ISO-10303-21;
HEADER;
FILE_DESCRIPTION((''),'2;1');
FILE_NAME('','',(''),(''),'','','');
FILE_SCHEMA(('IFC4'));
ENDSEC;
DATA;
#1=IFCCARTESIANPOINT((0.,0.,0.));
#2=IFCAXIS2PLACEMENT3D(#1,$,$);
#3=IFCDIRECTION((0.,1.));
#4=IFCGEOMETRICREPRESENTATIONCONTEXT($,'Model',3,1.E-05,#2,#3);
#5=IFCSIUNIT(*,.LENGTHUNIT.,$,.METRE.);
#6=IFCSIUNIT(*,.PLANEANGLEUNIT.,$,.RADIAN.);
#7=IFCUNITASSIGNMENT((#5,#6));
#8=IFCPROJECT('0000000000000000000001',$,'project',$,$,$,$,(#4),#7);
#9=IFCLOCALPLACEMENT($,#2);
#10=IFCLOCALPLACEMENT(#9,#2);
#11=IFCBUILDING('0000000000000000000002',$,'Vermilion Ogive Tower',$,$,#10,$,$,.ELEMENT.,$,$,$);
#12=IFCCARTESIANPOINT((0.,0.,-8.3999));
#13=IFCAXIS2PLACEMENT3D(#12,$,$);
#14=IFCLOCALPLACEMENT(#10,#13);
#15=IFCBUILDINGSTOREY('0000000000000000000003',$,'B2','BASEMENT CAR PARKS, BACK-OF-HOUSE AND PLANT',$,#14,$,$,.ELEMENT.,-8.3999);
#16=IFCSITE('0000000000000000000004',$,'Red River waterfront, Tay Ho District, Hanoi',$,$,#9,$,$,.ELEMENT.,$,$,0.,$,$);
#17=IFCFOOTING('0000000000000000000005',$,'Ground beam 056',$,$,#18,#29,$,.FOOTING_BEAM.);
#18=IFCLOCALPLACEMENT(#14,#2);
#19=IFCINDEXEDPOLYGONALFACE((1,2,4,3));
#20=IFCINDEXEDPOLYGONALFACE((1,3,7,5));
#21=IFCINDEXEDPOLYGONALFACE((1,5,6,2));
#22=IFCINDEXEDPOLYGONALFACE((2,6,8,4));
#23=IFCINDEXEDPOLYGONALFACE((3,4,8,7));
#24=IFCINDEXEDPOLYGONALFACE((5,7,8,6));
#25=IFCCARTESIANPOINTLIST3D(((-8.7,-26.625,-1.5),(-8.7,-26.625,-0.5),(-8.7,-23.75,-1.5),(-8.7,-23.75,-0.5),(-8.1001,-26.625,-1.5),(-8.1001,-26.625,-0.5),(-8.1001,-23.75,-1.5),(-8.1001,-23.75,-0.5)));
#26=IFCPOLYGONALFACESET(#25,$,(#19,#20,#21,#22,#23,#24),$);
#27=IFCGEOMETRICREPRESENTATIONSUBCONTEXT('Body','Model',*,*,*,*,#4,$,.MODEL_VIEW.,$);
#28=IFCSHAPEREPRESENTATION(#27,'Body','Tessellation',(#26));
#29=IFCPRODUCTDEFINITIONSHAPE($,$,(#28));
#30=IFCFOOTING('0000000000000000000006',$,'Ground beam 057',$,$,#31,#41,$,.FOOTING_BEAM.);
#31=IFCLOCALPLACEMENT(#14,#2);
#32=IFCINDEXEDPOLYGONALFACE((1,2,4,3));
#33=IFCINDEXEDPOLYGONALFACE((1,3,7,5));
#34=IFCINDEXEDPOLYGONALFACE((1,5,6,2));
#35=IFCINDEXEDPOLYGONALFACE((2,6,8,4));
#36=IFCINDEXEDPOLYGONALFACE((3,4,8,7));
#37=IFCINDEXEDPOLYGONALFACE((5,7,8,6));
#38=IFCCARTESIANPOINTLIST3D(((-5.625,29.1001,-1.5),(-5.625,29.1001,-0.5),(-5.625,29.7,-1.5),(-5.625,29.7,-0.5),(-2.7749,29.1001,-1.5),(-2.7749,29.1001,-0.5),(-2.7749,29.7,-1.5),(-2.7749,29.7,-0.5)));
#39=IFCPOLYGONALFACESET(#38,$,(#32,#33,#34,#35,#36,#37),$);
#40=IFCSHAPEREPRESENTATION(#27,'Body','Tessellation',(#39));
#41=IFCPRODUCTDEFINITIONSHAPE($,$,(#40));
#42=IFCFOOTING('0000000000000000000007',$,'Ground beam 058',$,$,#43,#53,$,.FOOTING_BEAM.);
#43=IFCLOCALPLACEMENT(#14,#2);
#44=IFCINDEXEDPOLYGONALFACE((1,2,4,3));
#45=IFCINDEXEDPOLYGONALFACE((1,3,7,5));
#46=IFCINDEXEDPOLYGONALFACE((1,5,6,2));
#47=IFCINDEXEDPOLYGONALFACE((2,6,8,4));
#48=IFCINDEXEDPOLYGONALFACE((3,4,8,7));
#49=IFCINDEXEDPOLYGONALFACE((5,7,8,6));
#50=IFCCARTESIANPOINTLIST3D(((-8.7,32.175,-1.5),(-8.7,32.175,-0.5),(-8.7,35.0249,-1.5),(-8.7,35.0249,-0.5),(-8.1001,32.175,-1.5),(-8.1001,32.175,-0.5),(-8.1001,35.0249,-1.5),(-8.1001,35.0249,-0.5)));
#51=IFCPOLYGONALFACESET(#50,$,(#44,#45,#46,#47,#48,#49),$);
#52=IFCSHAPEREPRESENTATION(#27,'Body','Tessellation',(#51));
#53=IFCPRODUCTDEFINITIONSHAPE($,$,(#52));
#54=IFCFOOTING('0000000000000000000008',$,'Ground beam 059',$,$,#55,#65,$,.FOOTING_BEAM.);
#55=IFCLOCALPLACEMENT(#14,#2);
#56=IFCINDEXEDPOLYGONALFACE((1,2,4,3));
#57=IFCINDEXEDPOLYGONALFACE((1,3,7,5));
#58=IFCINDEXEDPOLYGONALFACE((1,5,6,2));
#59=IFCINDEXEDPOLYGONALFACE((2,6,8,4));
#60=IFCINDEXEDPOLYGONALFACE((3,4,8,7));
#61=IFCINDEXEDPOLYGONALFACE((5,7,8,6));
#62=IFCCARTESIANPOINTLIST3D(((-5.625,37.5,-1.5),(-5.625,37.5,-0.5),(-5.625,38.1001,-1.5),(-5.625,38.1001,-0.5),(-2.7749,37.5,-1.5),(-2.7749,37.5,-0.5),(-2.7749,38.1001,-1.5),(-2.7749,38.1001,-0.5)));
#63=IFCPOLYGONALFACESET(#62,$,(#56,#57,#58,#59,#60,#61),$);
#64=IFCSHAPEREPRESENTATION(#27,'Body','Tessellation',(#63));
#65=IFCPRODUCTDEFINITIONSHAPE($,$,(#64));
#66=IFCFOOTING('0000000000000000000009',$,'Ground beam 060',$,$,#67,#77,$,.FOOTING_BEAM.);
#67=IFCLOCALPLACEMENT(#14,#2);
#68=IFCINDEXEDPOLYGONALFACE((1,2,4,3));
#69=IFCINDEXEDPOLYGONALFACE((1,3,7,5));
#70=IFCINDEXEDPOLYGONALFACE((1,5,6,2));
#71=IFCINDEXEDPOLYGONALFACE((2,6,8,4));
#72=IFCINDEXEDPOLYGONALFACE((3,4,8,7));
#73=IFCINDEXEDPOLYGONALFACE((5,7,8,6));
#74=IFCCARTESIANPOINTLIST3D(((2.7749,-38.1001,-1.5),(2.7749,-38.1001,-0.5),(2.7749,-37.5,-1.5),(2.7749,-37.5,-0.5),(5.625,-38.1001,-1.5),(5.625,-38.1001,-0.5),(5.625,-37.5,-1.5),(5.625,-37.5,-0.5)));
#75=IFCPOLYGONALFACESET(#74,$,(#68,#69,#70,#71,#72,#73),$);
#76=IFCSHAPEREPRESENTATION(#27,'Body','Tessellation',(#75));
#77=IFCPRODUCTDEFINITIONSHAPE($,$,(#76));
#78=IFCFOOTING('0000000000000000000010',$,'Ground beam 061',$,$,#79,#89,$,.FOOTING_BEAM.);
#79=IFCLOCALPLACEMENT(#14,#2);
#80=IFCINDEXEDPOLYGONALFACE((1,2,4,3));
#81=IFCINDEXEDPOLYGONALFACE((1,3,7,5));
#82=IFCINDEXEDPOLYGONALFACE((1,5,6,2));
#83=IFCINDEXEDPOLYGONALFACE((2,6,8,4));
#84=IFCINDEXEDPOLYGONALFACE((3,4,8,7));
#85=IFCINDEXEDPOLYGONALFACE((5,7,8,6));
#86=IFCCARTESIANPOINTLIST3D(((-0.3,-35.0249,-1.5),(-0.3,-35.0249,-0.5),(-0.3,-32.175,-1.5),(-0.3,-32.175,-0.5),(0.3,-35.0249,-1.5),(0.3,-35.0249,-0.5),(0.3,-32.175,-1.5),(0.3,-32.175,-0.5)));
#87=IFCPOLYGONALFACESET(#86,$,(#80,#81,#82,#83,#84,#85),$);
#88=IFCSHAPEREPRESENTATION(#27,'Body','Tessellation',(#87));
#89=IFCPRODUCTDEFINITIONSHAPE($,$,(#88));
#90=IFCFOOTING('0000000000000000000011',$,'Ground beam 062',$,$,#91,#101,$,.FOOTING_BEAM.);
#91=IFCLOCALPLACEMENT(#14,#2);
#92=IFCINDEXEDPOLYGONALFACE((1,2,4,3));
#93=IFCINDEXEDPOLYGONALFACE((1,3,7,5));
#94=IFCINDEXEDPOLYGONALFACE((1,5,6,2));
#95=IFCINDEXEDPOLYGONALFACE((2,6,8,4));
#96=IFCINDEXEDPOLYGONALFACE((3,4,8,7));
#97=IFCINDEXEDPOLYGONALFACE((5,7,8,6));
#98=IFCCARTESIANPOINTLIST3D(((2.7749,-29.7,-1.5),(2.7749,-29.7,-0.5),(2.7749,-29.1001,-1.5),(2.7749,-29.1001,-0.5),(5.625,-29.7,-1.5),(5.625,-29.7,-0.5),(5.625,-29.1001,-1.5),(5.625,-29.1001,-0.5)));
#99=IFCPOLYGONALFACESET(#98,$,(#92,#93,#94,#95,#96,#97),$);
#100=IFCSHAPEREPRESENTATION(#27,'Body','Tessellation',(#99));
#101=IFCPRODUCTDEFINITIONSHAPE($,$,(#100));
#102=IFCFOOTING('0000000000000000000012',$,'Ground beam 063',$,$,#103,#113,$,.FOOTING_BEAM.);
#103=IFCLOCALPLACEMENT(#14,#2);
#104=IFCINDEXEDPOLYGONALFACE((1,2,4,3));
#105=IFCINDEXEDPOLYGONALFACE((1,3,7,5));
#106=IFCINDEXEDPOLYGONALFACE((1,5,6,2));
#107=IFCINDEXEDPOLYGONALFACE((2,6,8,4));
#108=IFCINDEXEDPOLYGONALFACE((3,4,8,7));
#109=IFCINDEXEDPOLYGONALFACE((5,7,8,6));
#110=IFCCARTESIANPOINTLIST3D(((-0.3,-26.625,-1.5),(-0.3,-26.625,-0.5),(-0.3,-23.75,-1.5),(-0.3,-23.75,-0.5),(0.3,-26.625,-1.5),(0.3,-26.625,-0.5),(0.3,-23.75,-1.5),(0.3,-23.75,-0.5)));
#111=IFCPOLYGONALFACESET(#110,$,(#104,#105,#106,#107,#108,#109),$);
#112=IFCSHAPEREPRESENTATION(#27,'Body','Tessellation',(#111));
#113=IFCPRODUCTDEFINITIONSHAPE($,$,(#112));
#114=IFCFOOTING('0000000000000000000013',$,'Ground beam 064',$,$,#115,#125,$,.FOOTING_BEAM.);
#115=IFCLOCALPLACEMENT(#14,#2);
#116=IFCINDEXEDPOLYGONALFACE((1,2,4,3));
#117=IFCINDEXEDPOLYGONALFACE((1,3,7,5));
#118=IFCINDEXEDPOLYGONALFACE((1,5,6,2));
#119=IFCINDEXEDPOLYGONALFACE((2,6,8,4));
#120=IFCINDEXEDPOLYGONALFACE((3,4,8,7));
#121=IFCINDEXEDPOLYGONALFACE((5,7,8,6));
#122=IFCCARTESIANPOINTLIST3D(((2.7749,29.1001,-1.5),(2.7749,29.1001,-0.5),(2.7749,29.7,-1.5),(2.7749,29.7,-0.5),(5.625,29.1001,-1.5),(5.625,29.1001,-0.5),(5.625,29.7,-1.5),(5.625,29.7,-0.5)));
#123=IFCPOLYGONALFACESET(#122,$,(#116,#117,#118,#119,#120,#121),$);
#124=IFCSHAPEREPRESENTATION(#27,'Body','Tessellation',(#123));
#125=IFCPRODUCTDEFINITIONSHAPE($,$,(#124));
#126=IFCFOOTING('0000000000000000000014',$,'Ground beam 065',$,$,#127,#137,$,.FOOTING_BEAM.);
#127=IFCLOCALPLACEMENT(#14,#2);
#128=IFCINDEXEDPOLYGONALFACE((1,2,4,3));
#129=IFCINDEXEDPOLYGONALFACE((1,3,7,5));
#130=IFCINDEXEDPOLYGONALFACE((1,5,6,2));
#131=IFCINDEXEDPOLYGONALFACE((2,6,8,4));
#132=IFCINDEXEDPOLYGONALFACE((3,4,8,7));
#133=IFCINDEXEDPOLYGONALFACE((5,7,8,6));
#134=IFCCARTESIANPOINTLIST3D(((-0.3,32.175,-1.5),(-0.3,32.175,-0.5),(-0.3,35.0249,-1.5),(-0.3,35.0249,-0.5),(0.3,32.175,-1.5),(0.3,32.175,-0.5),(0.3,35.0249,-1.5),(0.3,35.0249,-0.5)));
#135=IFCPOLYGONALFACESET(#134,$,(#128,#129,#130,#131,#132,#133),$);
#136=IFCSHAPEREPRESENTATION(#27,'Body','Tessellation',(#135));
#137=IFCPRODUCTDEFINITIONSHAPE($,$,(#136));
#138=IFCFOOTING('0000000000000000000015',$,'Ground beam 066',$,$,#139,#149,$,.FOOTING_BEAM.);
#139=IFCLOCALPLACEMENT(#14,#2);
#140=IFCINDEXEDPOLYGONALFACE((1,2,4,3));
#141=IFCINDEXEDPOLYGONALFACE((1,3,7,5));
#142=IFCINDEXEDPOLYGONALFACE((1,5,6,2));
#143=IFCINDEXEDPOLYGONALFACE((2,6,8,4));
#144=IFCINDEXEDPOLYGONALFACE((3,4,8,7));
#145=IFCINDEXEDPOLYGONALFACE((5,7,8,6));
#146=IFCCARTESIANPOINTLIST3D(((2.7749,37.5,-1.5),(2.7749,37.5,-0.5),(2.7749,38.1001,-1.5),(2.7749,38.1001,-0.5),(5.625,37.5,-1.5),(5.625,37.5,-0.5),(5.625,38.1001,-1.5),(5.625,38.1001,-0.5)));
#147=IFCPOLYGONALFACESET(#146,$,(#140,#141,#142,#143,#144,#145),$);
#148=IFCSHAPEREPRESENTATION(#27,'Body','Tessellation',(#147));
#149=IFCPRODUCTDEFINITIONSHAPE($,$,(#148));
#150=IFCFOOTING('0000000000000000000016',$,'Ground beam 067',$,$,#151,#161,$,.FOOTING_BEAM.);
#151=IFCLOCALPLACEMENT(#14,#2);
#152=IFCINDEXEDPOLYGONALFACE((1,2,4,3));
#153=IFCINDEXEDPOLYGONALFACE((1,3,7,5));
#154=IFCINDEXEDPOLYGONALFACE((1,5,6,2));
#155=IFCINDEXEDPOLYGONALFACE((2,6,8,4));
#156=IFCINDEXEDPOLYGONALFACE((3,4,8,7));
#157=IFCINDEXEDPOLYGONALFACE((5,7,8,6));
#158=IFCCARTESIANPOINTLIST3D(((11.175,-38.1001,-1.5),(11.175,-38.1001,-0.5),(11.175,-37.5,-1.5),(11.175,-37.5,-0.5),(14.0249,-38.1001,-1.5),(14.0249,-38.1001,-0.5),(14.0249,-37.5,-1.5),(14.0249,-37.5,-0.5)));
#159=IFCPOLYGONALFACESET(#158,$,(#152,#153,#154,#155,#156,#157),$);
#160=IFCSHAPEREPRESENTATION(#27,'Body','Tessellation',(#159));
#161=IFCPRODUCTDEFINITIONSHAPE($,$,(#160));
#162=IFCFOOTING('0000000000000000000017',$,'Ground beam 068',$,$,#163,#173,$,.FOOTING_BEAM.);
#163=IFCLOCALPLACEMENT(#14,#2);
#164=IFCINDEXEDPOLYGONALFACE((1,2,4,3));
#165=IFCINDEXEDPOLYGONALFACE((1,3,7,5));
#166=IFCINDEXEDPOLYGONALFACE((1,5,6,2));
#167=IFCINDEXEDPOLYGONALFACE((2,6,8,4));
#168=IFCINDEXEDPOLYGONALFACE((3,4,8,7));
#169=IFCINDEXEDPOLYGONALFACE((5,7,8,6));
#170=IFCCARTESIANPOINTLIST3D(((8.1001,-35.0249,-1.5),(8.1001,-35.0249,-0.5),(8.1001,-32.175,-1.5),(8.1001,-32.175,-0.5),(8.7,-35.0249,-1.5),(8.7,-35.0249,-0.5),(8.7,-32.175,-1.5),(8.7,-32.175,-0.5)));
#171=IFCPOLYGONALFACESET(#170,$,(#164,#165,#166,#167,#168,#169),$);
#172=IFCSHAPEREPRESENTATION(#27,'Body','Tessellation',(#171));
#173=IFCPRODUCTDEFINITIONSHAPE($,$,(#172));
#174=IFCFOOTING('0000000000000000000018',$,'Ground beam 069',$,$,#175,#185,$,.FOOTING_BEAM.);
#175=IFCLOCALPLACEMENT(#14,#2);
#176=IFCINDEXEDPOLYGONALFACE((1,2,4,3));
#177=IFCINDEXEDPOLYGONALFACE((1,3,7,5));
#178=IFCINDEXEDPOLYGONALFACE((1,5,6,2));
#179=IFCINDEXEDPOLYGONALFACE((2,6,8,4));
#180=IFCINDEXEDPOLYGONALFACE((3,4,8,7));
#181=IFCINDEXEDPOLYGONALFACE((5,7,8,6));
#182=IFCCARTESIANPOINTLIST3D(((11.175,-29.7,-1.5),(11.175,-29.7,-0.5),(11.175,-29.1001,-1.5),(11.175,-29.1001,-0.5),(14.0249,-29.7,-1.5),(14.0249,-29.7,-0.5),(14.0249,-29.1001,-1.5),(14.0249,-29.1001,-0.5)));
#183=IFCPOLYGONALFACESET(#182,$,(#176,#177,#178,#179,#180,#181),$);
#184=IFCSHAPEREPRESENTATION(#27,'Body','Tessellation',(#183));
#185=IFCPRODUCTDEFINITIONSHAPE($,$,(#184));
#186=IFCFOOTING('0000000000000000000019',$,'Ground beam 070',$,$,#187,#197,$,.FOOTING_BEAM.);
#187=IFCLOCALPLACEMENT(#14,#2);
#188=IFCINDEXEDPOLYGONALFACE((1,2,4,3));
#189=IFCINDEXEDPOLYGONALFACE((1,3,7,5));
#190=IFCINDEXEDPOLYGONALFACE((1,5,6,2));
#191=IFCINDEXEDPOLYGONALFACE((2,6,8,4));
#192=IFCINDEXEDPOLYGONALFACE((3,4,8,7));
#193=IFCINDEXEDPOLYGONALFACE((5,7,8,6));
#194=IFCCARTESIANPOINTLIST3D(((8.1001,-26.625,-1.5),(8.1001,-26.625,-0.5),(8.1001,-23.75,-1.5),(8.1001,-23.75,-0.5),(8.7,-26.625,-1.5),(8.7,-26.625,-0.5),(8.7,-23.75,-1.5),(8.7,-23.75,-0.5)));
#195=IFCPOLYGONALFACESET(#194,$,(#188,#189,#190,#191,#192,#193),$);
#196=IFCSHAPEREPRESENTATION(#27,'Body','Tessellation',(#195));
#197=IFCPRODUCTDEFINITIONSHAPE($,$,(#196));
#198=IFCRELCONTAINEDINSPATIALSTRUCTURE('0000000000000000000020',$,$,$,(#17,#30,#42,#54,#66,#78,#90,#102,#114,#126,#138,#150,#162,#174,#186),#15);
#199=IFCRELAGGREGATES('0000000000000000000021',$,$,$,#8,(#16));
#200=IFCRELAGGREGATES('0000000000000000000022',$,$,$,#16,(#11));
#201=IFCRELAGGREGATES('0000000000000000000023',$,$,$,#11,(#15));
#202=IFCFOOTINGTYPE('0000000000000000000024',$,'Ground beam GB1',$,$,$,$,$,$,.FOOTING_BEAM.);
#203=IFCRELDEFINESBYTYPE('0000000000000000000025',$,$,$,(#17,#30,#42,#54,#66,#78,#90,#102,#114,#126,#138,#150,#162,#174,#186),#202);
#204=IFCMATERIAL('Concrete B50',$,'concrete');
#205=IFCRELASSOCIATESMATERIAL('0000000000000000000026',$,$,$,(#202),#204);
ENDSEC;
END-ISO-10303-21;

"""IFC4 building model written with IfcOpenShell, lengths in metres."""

from ifc_helpers import new_model, si_unit, direction, frame, origin, place, context, subcontext, project, spatial, polyline, outline, extrude, material, type_object, element, save


model = new_model("IFC4")

# Units and contexts
model_context = context("Model", 3, precision=1e-05, world=origin(), true_north=direction((0.0, 1.0)))
body_context = subcontext(model_context, "Body", "Model", "MODEL_VIEW")
ifc_project = project(units=[si_unit("LENGTHUNIT", "METRE"), si_unit("PLANEANGLEUNIT", "RADIAN")], contexts=[model_context])

# Site, building, storey
site_placement = place(None, origin())
site = spatial("IfcSite", under=ifc_project, at=site_placement, Name="Red River waterfront, Tay Ho District, Hanoi", CompositionType="ELEMENT", RefElevation=0.0)
building_placement = place(site_placement, origin())
building = spatial("IfcBuilding", under=site, at=building_placement, Name="Vermilion Ogive Tower", CompositionType="ELEMENT")
storey_placement = place(building_placement, frame((0.0, 0.0, -8.3999)))
storey = spatial("IfcBuildingStorey", under=building, at=storey_placement, Name="B2", Description="BASEMENT CAR PARKS, BACK-OF-HOUSE AND PLANT", CompositionType="ELEMENT", Elevation=-8.3999)

# Footings
ifc_material = material(Name="Concrete B50", Category="concrete")
footing_type = type_object("IfcFootingType", Name="Ground beam GB1", PredefinedType="FOOTING_BEAM", material=ifc_material)
footing_1_placement = place(storey_placement, frame((0.0, 0.0, -1.5)))
element("IfcFooting", 1, at=footing_1_placement, inside=storey, type_object=footing_type, Name="Ground beam 056", PredefinedType="FOOTING_BEAM", context=body_context, shape_type="SweptSolid", body=[
    extrude(outline(polyline([(-8.1001, -26.625), (-8.1001, -23.75), (-8.7, -23.75), (-8.7, -26.625), (-8.1001, -26.625)])), origin(), (0.0, 0.0, 1.0), 1.0),
])
footing_2_placement = place(storey_placement, frame((0.0, 0.0, -1.5)))
element("IfcFooting", 2, at=footing_2_placement, inside=storey, type_object=footing_type, Name="Ground beam 057", PredefinedType="FOOTING_BEAM", context=body_context, shape_type="SweptSolid", body=[
    extrude(outline(polyline([(-2.7749, 29.1001), (-2.7749, 29.7), (-5.625, 29.7), (-5.625, 29.1001), (-2.7749, 29.1001)])), origin(), (0.0, 0.0, 1.0), 1.0),
])
footing_3_placement = place(storey_placement, frame((0.0, 0.0, -1.5)))
element("IfcFooting", 3, at=footing_3_placement, inside=storey, type_object=footing_type, Name="Ground beam 058", PredefinedType="FOOTING_BEAM", context=body_context, shape_type="SweptSolid", body=[
    extrude(outline(polyline([(-8.1001, 32.175), (-8.1001, 35.0249), (-8.7, 35.0249), (-8.7, 32.175), (-8.1001, 32.175)])), origin(), (0.0, 0.0, 1.0), 1.0),
])
footing_4_placement = place(storey_placement, frame((0.0, 0.0, -1.5)))
element("IfcFooting", 4, at=footing_4_placement, inside=storey, type_object=footing_type, Name="Ground beam 059", PredefinedType="FOOTING_BEAM", context=body_context, shape_type="SweptSolid", body=[
    extrude(outline(polyline([(-2.7749, 37.5), (-2.7749, 38.1001), (-5.625, 38.1001), (-5.625, 37.5), (-2.7749, 37.5)])), origin(), (0.0, 0.0, 1.0), 1.0),
])
footing_5_placement = place(storey_placement, frame((0.0, 0.0, -1.5)))
element("IfcFooting", 5, at=footing_5_placement, inside=storey, type_object=footing_type, Name="Ground beam 060", PredefinedType="FOOTING_BEAM", context=body_context, shape_type="SweptSolid", body=[
    extrude(outline(polyline([(5.625, -38.1001), (5.625, -37.5), (2.7749, -37.5), (2.7749, -38.1001), (5.625, -38.1001)])), origin(), (0.0, 0.0, 1.0), 1.0),
])
footing_6_placement = place(storey_placement, frame((0.0, 0.0, -1.5)))
element("IfcFooting", 6, at=footing_6_placement, inside=storey, type_object=footing_type, Name="Ground beam 061", PredefinedType="FOOTING_BEAM", context=body_context, shape_type="SweptSolid", body=[
    extrude(outline(polyline([(0.3, -35.0249), (0.3, -32.175), (-0.3, -32.175), (-0.3, -35.0249), (0.3, -35.0249)])), origin(), (0.0, 0.0, 1.0), 1.0),
])
footing_7_placement = place(storey_placement, frame((0.0, 0.0, -1.5)))
element("IfcFooting", 7, at=footing_7_placement, inside=storey, type_object=footing_type, Name="Ground beam 062", PredefinedType="FOOTING_BEAM", context=body_context, shape_type="SweptSolid", body=[
    extrude(outline(polyline([(5.625, -29.7), (5.625, -29.1001), (2.7749, -29.1001), (2.7749, -29.7), (5.625, -29.7)])), origin(), (0.0, 0.0, 1.0), 1.0),
])
footing_8_placement = place(storey_placement, frame((0.0, 0.0, -1.5)))
element("IfcFooting", 8, at=footing_8_placement, inside=storey, type_object=footing_type, Name="Ground beam 063", PredefinedType="FOOTING_BEAM", context=body_context, shape_type="SweptSolid", body=[
    extrude(outline(polyline([(0.3, -26.625), (0.3, -23.75), (-0.3, -23.75), (-0.3, -26.625), (0.3, -26.625)])), origin(), (0.0, 0.0, 1.0), 1.0),
])
footing_9_placement = place(storey_placement, frame((0.0, 0.0, -1.5)))
element("IfcFooting", 9, at=footing_9_placement, inside=storey, type_object=footing_type, Name="Ground beam 064", PredefinedType="FOOTING_BEAM", context=body_context, shape_type="SweptSolid", body=[
    extrude(outline(polyline([(5.625, 29.1001), (5.625, 29.7), (2.7749, 29.7), (2.7749, 29.1001), (5.625, 29.1001)])), origin(), (0.0, 0.0, 1.0), 1.0),
])
footing_10_placement = place(storey_placement, frame((0.0, 0.0, -1.5)))
element("IfcFooting", 10, at=footing_10_placement, inside=storey, type_object=footing_type, Name="Ground beam 065", PredefinedType="FOOTING_BEAM", context=body_context, shape_type="SweptSolid", body=[
    extrude(outline(polyline([(0.3, 32.175), (0.3, 35.0249), (-0.3, 35.0249), (-0.3, 32.175), (0.3, 32.175)])), origin(), (0.0, 0.0, 1.0), 1.0),
])
footing_11_placement = place(storey_placement, frame((0.0, 0.0, -1.5)))
element("IfcFooting", 11, at=footing_11_placement, inside=storey, type_object=footing_type, Name="Ground beam 066", PredefinedType="FOOTING_BEAM", context=body_context, shape_type="SweptSolid", body=[
    extrude(outline(polyline([(5.625, 37.5), (5.625, 38.1001), (2.7749, 38.1001), (2.7749, 37.5), (5.625, 37.5)])), origin(), (0.0, 0.0, 1.0), 1.0),
])
footing_12_placement = place(storey_placement, frame((0.0, 0.0, -1.5)))
element("IfcFooting", 12, at=footing_12_placement, inside=storey, type_object=footing_type, Name="Ground beam 067", PredefinedType="FOOTING_BEAM", context=body_context, shape_type="SweptSolid", body=[
    extrude(outline(polyline([(14.0249, -38.1001), (14.0249, -37.5), (11.175, -37.5), (11.175, -38.1001), (14.0249, -38.1001)])), origin(), (0.0, 0.0, 1.0), 1.0),
])
footing_13_placement = place(storey_placement, frame((0.0, 0.0, -1.5)))
element("IfcFooting", 13, at=footing_13_placement, inside=storey, type_object=footing_type, Name="Ground beam 068", PredefinedType="FOOTING_BEAM", context=body_context, shape_type="SweptSolid", body=[
    extrude(outline(polyline([(8.7, -35.0249), (8.7, -32.175), (8.1001, -32.175), (8.1001, -35.0249), (8.7, -35.0249)])), origin(), (0.0, 0.0, 1.0), 1.0),
])
footing_14_placement = place(storey_placement, frame((0.0, 0.0, -1.5)))
element("IfcFooting", 14, at=footing_14_placement, inside=storey, type_object=footing_type, Name="Ground beam 069", PredefinedType="FOOTING_BEAM", context=body_context, shape_type="SweptSolid", body=[
    extrude(outline(polyline([(14.0249, -29.7), (14.0249, -29.1001), (11.175, -29.1001), (11.175, -29.7), (14.0249, -29.7)])), origin(), (0.0, 0.0, 1.0), 1.0),
])
footing_15_placement = place(storey_placement, frame((0.0, 0.0, -1.5)))
element("IfcFooting", 15, at=footing_15_placement, inside=storey, type_object=footing_type, Name="Ground beam 070", PredefinedType="FOOTING_BEAM", context=body_context, shape_type="SweptSolid", body=[
    extrude(outline(polyline([(8.7, -26.625), (8.7, -23.75), (8.1001, -23.75), (8.1001, -26.625), (8.7, -26.625)])), origin(), (0.0, 0.0, 1.0), 1.0),
])

save(model, "model.ifc")
